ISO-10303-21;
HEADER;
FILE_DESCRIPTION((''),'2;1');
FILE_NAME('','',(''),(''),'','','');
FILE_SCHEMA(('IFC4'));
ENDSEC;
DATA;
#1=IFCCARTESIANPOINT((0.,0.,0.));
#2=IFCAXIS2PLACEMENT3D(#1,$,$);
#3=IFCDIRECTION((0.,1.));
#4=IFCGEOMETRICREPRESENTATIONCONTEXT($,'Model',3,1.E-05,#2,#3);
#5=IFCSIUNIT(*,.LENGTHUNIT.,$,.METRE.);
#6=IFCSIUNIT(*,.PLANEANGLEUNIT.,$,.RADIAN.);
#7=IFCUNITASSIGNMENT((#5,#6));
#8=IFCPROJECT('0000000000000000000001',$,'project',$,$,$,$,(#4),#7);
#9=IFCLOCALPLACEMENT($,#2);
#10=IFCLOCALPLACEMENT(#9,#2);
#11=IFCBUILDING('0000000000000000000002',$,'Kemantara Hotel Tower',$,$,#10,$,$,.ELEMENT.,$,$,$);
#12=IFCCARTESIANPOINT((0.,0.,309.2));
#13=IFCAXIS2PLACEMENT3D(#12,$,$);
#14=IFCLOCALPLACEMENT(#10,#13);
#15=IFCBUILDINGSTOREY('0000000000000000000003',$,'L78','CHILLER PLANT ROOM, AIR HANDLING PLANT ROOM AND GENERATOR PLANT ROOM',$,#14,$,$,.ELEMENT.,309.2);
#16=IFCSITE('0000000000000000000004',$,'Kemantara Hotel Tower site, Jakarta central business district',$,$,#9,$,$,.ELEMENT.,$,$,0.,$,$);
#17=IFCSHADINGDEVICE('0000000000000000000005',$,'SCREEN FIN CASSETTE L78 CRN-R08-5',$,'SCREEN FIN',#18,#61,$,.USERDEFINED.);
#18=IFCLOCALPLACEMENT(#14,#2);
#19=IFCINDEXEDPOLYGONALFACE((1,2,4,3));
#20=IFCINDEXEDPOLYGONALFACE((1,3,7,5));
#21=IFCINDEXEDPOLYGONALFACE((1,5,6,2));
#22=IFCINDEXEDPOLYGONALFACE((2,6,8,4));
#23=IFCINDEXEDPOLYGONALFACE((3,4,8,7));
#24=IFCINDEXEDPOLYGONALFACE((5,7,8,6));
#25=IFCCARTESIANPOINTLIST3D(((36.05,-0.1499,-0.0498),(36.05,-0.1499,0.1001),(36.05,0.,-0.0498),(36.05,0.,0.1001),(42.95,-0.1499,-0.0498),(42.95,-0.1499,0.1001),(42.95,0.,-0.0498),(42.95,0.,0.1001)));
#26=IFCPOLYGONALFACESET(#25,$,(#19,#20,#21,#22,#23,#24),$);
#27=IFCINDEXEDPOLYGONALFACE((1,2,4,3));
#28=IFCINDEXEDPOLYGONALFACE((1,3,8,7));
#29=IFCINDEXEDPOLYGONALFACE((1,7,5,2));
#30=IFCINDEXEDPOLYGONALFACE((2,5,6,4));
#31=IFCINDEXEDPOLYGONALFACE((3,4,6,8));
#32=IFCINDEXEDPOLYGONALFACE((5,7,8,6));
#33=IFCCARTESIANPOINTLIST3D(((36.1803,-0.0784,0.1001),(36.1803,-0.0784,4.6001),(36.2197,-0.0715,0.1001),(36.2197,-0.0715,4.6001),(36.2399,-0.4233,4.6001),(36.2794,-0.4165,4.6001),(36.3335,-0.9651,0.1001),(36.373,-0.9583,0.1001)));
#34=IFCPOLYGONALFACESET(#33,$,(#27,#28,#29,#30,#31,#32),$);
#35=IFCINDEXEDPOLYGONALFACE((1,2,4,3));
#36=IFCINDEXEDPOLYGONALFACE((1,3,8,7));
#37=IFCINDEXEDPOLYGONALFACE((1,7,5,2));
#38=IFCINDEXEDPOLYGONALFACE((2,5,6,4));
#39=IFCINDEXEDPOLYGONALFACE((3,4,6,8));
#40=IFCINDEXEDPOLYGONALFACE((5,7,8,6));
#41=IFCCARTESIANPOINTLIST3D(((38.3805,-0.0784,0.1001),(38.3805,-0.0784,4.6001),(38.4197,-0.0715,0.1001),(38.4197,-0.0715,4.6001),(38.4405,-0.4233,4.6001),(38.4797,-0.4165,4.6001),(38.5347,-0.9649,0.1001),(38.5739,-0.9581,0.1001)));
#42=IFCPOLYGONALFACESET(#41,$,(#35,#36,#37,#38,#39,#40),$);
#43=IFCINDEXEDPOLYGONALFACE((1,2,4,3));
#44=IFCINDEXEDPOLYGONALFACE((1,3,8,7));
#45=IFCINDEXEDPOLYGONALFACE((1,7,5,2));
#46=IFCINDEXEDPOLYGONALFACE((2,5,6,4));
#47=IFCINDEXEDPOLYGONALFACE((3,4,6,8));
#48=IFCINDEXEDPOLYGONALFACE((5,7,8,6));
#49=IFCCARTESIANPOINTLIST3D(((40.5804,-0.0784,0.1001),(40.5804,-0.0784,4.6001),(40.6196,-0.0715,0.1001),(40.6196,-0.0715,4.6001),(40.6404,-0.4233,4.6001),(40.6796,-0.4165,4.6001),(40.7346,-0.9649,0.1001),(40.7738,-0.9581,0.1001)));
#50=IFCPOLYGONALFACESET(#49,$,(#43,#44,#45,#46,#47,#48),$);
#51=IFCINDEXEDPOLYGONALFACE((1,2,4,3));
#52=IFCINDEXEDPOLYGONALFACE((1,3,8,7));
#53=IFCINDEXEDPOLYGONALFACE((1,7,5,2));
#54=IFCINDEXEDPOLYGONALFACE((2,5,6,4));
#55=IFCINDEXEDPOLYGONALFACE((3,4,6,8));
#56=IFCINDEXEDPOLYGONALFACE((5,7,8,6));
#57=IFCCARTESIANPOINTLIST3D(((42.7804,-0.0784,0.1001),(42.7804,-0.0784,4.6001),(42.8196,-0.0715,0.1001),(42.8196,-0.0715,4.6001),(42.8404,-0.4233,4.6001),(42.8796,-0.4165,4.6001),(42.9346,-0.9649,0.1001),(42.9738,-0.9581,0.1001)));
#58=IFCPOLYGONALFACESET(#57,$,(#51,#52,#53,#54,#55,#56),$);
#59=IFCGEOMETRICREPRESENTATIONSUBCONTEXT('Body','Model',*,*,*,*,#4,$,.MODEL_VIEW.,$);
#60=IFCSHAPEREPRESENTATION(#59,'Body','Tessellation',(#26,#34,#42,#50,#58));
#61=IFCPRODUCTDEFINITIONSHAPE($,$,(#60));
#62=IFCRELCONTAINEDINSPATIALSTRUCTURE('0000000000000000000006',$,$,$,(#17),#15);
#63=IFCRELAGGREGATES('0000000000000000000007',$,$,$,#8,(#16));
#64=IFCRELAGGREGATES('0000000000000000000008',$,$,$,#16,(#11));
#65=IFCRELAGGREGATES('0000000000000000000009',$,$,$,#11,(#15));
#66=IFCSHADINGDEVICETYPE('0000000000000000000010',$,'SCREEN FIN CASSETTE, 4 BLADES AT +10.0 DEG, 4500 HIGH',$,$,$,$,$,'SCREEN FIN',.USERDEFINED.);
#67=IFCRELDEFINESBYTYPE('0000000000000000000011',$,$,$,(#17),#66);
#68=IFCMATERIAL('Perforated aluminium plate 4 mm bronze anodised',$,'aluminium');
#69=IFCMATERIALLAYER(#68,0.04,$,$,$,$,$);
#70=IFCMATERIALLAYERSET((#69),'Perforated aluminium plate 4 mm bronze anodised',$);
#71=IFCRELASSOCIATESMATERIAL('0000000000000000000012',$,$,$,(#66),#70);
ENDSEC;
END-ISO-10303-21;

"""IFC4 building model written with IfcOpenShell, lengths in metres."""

from ifc_helpers import new_model, si_unit, direction, frame, origin, origin_2d, place, context, subcontext, project, spatial, polyline, rectangle, outline, extrude, source, transform, mapped, material, layer, layer_set, type_object, element, save


model = new_model("IFC4")

# Units and contexts
model_context = context("Model", 3, precision=1e-05, world=origin(), true_north=direction((0.0, 1.0)))
body_context = subcontext(model_context, "Body", "Model", "MODEL_VIEW")
ifc_project = project(units=[si_unit("LENGTHUNIT", "METRE"), si_unit("PLANEANGLEUNIT", "RADIAN")], contexts=[model_context])

# Site, building, storey
site_placement = place(None, origin())
site = spatial("IfcSite", under=ifc_project, at=site_placement, Name="Kemantara Hotel Tower site, Jakarta central business district", CompositionType="ELEMENT", RefElevation=0.0)
building_placement = place(site_placement, origin())
building = spatial("IfcBuilding", under=site, at=building_placement, Name="Kemantara Hotel Tower", CompositionType="ELEMENT")
storey_placement = place(building_placement, frame((0.0, 0.0, 309.2)))
storey = spatial("IfcBuildingStorey", under=building, at=storey_placement, Name="L78", Description="CHILLER PLANT ROOM, AIR HANDLING PLANT ROOM AND GENERATOR PLANT ROOM", CompositionType="ELEMENT", Elevation=309.2)

# Shading device
ifc_material_1 = material(Name="Perforated aluminium plate 4 mm bronze anodised", Category="aluminium")
ifc_layer_1 = layer(ifc_material_1, 0.04)
ifc_layer_set_1 = layer_set([ifc_layer_1], Name="Perforated aluminium plate 4 mm bronze anodised")
shading_device_type_1 = type_object("IfcShadingDeviceType", Name="SCREEN FIN CASSETTE, 4 BLADES AT +10.0 DEG, 4500 HIGH", ElementType="SCREEN FIN", PredefinedType="USERDEFINED", material=ifc_layer_set_1)
shared_shape_1 = source(origin(), body_context, "Body", "SweptSolid", [
    extrude(rectangle(XDim=6.8999, YDim=0.1499, at=origin_2d()), frame((3.3, -0.075, -0.1499), z_axis=(0.0, 0.0, 1.0), x_axis=(1.0, 0.0, 0.0)), (0.0, 0.0, 1.0), 0.1499),
    extrude(outline(polyline([(0.0, 0.0), (0.8999, 0.0), (0.3501, 4.5), (0.0, 4.5), (0.0, 0.0)])), frame((0.0198, -0.0715, 0.0), z_axis=(-0.98539, -0.170314, 0.0), x_axis=(0.170314, -0.98539, 0.0)), (0.0, 0.0, 1.0), 0.04),
    extrude(outline(polyline([(0.0, 0.0), (0.8999, 0.0), (0.3501, 4.5), (0.0, 4.5), (0.0, 0.0)])), frame((2.2197, -0.0715, 0.0), z_axis=(-0.985212, -0.171341, 0.0), x_axis=(0.171341, -0.985212, 0.0)), (0.0, 0.0, 1.0), 0.0398),
    extrude(outline(polyline([(0.0, 0.0), (0.8999, 0.0), (0.3501, 4.5), (0.0, 4.5), (0.0, 0.0)])), frame((4.4197, -0.0715, 0.0), z_axis=(-0.985212, -0.171341, 0.0), x_axis=(0.171341, -0.985212, 0.0)), (0.0, 0.0, 1.0), 0.0398),
    extrude(outline(polyline([(0.0, 0.0), (0.8999, 0.0), (0.3501, 4.5), (0.0, 4.5), (0.0, 0.0)])), frame((6.6196, -0.0715, 0.0), z_axis=(-0.985212, -0.171341, 0.0), x_axis=(0.171341, -0.985212, 0.0)), (0.0, 0.0, 1.0), 0.0398),
])
shading_device_1_placement = place(storey_placement, frame((36.2, 0.0, 0.1001), z_axis=(0.0, 0.0, 1.0), x_axis=(1.0, 0.0, 0.0)))
element("IfcShadingDevice", 1, at=shading_device_1_placement, inside=storey, type_object=shading_device_type_1, Name="SCREEN FIN CASSETTE L78 CRN-R08-5", ObjectType="SCREEN FIN", PredefinedType="USERDEFINED", context=body_context, shape_type="MappedRepresentation", body=[
    mapped(shared_shape_1, transform((0.0, 0.0, 0.0))),
])

save(model, "model.ifc")
